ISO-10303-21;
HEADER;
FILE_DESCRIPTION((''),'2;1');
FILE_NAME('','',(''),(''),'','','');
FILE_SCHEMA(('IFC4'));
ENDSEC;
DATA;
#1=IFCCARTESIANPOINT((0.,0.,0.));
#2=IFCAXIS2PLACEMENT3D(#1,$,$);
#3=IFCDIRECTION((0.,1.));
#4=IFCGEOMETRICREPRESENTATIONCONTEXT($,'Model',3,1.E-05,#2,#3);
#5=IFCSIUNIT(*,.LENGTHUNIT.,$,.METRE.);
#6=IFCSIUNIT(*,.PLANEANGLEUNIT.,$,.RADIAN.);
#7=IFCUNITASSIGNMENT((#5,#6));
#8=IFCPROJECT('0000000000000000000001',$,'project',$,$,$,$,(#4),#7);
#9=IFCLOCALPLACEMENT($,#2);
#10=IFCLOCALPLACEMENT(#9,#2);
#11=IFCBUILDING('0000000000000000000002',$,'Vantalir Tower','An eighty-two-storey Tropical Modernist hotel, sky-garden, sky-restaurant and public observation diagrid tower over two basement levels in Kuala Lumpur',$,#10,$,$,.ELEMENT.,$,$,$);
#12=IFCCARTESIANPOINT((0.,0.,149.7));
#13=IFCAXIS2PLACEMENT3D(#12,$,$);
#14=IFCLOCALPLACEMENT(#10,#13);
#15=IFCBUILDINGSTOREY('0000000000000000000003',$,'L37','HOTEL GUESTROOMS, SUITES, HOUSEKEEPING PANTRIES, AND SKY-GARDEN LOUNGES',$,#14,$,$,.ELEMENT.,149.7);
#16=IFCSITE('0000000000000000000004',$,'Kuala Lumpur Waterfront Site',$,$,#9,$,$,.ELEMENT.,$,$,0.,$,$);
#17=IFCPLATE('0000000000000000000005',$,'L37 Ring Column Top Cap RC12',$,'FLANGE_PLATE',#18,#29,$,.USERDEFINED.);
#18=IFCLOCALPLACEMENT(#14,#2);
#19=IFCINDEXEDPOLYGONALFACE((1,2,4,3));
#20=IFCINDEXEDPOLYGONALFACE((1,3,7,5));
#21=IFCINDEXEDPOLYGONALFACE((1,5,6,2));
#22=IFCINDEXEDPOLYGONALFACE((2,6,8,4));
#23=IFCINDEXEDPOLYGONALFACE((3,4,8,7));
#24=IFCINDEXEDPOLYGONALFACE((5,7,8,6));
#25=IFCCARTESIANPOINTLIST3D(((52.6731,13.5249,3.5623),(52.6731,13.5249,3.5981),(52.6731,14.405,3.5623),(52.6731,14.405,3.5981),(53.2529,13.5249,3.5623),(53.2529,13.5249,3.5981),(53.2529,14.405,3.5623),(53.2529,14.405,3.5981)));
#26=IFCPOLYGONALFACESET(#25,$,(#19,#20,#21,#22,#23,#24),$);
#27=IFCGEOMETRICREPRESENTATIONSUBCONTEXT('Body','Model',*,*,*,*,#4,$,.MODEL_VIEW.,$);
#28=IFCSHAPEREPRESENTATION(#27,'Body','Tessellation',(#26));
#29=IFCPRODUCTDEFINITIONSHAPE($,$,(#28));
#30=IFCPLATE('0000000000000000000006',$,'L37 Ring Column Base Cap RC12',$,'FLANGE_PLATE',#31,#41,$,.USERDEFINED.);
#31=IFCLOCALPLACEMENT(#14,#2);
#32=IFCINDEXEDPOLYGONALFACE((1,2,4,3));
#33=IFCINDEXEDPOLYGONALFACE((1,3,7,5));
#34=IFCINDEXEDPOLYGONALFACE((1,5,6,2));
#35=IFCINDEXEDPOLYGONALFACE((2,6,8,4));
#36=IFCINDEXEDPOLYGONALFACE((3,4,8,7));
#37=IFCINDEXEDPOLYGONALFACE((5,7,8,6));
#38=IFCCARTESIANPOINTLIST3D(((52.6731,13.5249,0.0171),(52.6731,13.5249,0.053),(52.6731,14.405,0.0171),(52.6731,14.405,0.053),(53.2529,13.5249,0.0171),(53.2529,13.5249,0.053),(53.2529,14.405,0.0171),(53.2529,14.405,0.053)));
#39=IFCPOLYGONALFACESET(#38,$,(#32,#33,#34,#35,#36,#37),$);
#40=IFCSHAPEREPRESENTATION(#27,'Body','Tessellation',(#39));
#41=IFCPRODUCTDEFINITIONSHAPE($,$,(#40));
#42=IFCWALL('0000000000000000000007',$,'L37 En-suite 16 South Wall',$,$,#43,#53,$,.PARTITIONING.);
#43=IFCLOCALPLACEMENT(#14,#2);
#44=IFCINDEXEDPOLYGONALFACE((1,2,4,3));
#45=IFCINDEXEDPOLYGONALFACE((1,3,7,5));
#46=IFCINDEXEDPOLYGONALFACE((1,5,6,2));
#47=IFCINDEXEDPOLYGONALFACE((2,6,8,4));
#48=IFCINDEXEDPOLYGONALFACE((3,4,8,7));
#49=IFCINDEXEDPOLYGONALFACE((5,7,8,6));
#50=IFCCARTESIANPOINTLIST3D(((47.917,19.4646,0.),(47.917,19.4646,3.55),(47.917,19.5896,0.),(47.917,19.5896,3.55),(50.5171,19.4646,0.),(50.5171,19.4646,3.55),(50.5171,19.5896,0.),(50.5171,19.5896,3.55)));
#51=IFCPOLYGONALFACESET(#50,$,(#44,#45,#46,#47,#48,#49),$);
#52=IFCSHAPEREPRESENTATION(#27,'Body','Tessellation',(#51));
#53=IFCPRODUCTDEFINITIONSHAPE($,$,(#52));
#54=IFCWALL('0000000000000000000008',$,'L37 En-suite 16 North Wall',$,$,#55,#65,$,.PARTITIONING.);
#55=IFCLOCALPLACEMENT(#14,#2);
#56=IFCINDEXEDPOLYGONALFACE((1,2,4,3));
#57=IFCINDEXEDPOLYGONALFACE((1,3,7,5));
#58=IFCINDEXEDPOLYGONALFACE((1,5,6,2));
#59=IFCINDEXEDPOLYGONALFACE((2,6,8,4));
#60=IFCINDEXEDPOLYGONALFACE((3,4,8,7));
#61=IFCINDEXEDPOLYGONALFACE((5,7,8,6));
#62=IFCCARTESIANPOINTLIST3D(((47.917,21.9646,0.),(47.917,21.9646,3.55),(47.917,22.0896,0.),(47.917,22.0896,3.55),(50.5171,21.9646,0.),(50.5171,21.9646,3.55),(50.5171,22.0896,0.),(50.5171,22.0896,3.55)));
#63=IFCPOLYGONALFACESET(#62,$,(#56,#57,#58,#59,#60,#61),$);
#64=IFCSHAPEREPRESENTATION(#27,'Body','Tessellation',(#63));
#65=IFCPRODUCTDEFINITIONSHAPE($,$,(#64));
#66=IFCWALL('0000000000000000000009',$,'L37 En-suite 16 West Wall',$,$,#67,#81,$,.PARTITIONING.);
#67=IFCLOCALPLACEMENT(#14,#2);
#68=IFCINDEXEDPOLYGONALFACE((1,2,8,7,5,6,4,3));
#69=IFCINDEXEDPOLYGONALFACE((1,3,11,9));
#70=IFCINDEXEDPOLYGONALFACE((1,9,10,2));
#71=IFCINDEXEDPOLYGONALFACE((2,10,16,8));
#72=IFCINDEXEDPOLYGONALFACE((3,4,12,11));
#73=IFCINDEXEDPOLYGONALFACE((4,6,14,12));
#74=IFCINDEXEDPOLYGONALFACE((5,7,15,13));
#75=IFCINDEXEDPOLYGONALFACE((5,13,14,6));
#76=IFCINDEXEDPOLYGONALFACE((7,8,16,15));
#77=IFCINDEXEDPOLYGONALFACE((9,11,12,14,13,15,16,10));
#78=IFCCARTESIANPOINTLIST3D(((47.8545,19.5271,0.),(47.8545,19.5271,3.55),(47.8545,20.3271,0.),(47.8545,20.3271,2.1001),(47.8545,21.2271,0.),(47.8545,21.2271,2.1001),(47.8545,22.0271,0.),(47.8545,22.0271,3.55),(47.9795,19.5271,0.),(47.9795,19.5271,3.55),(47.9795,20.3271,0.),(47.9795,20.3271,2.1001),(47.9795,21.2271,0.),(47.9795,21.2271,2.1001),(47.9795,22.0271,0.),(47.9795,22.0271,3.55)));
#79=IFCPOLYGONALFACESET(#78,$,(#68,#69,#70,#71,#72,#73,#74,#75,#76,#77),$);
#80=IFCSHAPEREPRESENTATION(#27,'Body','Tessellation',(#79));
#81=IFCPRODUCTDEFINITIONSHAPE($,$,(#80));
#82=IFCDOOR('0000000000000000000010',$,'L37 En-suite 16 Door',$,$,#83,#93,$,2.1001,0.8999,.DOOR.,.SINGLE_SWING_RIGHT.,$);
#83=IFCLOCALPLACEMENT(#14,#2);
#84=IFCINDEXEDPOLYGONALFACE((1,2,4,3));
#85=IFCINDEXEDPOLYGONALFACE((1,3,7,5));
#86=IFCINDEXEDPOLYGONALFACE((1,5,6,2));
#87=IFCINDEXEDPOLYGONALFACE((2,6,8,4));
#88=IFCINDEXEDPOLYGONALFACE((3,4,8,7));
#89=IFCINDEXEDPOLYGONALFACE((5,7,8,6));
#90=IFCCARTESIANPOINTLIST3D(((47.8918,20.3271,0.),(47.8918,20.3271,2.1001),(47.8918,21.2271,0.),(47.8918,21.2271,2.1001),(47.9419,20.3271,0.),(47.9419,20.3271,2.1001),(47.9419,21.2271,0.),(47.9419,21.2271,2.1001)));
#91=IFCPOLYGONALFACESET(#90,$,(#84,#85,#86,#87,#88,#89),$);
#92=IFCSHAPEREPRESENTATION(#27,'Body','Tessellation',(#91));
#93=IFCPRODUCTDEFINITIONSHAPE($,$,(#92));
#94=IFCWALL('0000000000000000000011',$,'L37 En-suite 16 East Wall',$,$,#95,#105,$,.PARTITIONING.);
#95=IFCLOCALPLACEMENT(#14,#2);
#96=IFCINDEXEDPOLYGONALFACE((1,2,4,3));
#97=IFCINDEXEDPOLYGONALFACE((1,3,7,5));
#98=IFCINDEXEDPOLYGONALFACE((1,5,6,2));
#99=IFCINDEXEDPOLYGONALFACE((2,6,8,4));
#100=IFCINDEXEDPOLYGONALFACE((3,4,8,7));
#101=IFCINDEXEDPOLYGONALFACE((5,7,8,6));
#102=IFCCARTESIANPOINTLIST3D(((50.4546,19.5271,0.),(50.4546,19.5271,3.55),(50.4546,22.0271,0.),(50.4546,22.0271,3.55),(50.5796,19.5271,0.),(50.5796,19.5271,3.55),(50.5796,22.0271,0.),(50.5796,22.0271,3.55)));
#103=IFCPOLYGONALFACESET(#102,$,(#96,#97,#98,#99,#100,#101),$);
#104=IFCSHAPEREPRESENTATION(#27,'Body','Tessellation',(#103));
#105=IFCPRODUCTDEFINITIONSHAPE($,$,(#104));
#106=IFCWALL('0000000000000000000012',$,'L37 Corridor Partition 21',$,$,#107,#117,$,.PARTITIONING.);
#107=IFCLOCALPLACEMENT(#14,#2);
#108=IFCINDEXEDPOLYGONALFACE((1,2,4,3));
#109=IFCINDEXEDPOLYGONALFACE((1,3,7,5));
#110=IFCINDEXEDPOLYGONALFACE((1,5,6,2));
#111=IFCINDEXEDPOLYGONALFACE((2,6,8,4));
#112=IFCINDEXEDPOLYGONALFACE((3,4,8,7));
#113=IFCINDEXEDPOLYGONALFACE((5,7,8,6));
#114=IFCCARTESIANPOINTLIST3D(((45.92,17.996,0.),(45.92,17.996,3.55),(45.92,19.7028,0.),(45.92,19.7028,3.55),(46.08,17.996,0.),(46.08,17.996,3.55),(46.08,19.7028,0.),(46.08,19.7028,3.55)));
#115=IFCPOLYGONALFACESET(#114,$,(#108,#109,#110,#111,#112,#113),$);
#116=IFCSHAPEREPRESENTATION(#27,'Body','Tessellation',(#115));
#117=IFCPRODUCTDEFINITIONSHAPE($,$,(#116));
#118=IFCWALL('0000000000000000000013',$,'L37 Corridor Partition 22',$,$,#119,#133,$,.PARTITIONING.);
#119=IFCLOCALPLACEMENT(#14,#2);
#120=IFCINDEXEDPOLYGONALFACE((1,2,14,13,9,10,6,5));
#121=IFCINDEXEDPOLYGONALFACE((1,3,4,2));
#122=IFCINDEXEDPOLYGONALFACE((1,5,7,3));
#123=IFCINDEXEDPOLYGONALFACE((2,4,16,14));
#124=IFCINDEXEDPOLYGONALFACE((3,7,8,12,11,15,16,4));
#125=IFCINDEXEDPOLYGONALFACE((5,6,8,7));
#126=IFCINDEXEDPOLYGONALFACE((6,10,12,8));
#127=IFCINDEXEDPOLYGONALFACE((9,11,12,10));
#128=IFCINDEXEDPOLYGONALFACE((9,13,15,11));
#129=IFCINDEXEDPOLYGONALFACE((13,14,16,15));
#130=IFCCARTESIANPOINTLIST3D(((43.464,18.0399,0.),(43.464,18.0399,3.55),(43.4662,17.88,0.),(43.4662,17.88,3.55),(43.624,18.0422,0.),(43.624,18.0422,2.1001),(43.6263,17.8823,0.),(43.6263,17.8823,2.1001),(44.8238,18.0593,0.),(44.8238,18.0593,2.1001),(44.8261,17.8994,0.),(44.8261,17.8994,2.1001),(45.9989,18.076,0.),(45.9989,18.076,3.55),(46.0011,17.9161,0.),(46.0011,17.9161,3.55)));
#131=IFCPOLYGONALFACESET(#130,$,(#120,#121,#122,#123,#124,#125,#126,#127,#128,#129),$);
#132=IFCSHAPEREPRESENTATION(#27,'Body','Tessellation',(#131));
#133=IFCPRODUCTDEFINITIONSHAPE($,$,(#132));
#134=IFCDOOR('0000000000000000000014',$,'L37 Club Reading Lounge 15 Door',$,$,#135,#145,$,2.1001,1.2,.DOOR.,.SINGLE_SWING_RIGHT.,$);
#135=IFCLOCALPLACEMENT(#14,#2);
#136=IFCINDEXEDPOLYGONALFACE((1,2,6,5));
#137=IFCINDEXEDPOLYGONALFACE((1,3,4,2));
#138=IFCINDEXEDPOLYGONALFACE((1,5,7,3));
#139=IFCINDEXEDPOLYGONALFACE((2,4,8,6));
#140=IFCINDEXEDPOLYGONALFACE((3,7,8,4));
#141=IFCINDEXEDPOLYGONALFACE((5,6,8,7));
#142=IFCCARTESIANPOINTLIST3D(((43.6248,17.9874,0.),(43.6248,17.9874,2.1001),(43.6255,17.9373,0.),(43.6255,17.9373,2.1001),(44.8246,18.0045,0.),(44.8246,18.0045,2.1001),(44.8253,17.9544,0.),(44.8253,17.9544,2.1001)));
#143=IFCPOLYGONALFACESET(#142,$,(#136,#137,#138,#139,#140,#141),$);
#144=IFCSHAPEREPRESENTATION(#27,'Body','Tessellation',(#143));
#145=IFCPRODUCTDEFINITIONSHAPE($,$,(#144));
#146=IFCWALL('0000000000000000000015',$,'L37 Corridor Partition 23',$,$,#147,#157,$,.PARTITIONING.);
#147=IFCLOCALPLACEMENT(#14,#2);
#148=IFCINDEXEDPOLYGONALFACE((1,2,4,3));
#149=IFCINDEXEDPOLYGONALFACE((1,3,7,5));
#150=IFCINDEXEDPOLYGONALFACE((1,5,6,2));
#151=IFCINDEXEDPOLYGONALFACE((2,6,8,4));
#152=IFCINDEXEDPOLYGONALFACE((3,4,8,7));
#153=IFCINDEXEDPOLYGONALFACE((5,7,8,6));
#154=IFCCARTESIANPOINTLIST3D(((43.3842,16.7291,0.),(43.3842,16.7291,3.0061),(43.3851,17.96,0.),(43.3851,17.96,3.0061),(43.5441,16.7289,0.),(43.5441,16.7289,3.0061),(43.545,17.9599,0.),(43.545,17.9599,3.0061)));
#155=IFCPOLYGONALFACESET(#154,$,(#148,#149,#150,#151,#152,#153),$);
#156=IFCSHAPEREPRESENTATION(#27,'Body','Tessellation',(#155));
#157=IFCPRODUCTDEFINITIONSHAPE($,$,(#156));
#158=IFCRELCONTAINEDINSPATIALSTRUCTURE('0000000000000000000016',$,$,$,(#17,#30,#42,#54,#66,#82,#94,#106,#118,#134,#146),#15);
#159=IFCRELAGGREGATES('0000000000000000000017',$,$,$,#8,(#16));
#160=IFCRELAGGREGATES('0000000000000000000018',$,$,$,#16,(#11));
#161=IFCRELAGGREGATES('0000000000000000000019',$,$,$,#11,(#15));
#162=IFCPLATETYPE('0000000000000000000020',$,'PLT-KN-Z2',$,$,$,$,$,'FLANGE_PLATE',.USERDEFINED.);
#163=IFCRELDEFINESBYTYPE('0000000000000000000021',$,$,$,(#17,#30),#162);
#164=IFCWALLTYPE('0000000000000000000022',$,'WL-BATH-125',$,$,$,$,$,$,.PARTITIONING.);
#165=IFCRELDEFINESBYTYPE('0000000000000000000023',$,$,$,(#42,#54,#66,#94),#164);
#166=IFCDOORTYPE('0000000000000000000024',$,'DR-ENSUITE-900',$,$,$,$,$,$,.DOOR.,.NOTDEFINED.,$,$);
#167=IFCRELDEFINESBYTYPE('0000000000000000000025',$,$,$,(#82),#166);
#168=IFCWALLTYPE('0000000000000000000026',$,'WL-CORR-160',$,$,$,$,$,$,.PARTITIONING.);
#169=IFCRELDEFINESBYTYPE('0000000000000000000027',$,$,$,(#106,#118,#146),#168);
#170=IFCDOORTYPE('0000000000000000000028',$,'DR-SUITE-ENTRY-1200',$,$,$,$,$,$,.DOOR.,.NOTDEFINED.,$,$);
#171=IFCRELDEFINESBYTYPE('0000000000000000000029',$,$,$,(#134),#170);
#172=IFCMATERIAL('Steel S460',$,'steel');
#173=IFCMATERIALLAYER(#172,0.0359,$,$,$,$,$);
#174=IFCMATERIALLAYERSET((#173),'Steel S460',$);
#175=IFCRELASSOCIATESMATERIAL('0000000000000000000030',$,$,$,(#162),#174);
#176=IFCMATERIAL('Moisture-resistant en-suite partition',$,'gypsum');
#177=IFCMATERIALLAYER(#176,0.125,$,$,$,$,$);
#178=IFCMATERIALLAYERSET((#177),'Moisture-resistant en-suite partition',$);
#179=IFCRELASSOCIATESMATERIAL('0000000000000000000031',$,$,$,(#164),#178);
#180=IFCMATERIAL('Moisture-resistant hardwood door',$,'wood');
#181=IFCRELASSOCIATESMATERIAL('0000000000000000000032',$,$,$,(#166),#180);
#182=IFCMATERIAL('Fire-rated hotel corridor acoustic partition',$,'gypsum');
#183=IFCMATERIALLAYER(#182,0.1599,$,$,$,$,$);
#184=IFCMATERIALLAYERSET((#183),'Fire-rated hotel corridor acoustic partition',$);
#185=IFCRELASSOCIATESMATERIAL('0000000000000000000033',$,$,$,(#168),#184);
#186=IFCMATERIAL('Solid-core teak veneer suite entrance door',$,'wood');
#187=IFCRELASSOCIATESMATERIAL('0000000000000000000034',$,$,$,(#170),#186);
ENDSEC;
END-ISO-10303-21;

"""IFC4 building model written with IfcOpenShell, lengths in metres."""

from ifc_helpers import new_model, si_unit, direction, frame, frame_2d, origin, place, context, subcontext, project, spatial, polyline, rectangle, outline, extrude, material, layer, layer_set, type_object, element, fill, save


model = new_model("IFC4")

# Units and contexts
model_context = context("Model", 3, precision=1e-05, world=origin(), true_north=direction((0.0, 1.0)))
body_context = subcontext(model_context, "Body", "Model", "MODEL_VIEW")
ifc_project = project(units=[si_unit("LENGTHUNIT", "METRE"), si_unit("PLANEANGLEUNIT", "RADIAN")], contexts=[model_context])

# Site, building, storey
site_placement = place(None, origin())
site = spatial("IfcSite", under=ifc_project, at=site_placement, Name="Kuala Lumpur Waterfront Site", CompositionType="ELEMENT", RefElevation=0.0)
building_placement = place(site_placement, origin())
building = spatial("IfcBuilding", under=site, at=building_placement, Name="Vantalir Tower", Description="An eighty-two-storey Tropical Modernist hotel, sky-garden, sky-restaurant and public observation diagrid tower over two basement levels in Kuala Lumpur", CompositionType="ELEMENT")
storey_placement = place(building_placement, frame((0.0, 0.0, 149.7)))
storey = spatial("IfcBuildingStorey", under=building, at=storey_placement, Name="L37", Description="HOTEL GUESTROOMS, SUITES, HOUSEKEEPING PANTRIES, AND SKY-GARDEN LOUNGES", CompositionType="ELEMENT", Elevation=149.7)

# Shared definitions
ifc_material_1 = material(Name="Steel S460", Category="steel")

# Plates
ifc_layer_1 = layer(ifc_material_1, 0.0359)
ifc_layer_set_1 = layer_set([ifc_layer_1], Name="Steel S460")
plate_type_1 = type_object("IfcPlateType", Name="PLT-KN-Z2", ElementType="FLANGE_PLATE", PredefinedType="USERDEFINED", material=ifc_layer_set_1)
for number, where, z_axis, x_axis, name in (
    (1, (52.6731, 14.405, 3.5981), (0.0, 0.0, 1.0), (0.0, -1.0, 0.0), "L37 Ring Column Top Cap RC12"),
    (2, (52.6731, 14.405, 0.053), (0.0, 0.0, 1.0), (0.0, -1.0, 0.0), "L37 Ring Column Base Cap RC12"),
):
    element("IfcPlate", number, at=place(storey_placement, frame(where, z_axis=z_axis, x_axis=x_axis)), inside=storey, type_object=plate_type_1, Name=name, ObjectType="FLANGE_PLATE", PredefinedType="USERDEFINED", context=body_context, shape_type="SweptSolid", body=[
        extrude(outline(polyline([(0.0, 0.0), (0.8801, 0.0), (0.8801, 0.5798), (0.0, 0.5798), (0.0, 0.0)])), origin(), (0.0, 0.0, -1.0), 0.0359),
    ])

# Walls
ifc_material_2 = material(Name="Moisture-resistant en-suite partition", Category="gypsum")
ifc_layer_2 = layer(ifc_material_2, 0.125)
ifc_layer_set_2 = layer_set([ifc_layer_2], Name="Moisture-resistant en-suite partition")
wall_type_1 = type_object("IfcWallType", Name="WL-BATH-125", PredefinedType="PARTITIONING", material=ifc_layer_set_2)
for number, where, z_axis, x_axis, name in (
    (3, (47.917, 19.5271, 0.0), (0.0, 0.0, 1.0), (1.0, 0.0, 0.0), "L37 En-suite 16 South Wall"),
    (4, (47.917, 22.0271, 0.0), (0.0, 0.0, 1.0), (1.0, 0.0, 0.0), "L37 En-suite 16 North Wall"),
):
    element("IfcWall", number, at=place(storey_placement, frame(where, z_axis=z_axis, x_axis=x_axis)), inside=storey, type_object=wall_type_1, Name=name, PredefinedType="PARTITIONING", context=body_context, shape_type="SweptSolid", body=[
        extrude(rectangle(XDim=2.6001, YDim=0.125, at=frame_2d((1.3, 0.0))), origin(), (0.0, 0.0, 1.0), 3.55),
    ])

# Wall, opening, door
wall_1_placement = place(storey_placement, frame((47.917, 19.5271, 0.0), z_axis=(0.0, 0.0, 1.0), x_axis=(0.0, 1.0, 0.0)))
wall_1 = element("IfcWall", 5, at=wall_1_placement, inside=storey, type_object=wall_type_1, Name="L37 En-suite 16 West Wall", PredefinedType="PARTITIONING", context=body_context, shape_type="SweptSolid", body=[
    extrude(rectangle(XDim=2.5, YDim=0.125, at=frame_2d((1.25, 0.0))), origin(), (0.0, 0.0, 1.0), 3.55),
])
opening_1_placement = place(wall_1_placement, frame((0.8, 0.0, 0.0)))
opening_1 = element("IfcOpeningElement", 6, at=opening_1_placement, cuts=wall_1, PredefinedType="OPENING", context=body_context, shape_type="SweptSolid", body=[
    extrude(rectangle(XDim=0.8999, YDim=2.1001, at=frame_2d((0.45, 1.05))), frame((0.0, 0.0725, 0.0), z_axis=(0.0, -1.0, 0.0), x_axis=(1.0, 0.0, 0.0)), (0.0, 0.0, 1.0), 0.145),
])
ifc_material_3 = material(Name="Moisture-resistant hardwood door", Category="wood")
door_type_1 = type_object("IfcDoorType", Name="DR-ENSUITE-900", OperationType="NOTDEFINED", PredefinedType="DOOR", material=ifc_material_3)
door_1_placement = place(opening_1_placement, frame((0.8999, 0.0, 0.0), z_axis=(0.0, 0.0, 1.0), x_axis=(-1.0, 0.0, 0.0)))
door_1 = element("IfcDoor", 7, at=door_1_placement, inside=storey, type_object=door_type_1, Name="L37 En-suite 16 Door", OperationType="SINGLE_SWING_RIGHT", OverallHeight=2.1001, OverallWidth=0.8999, PredefinedType="DOOR", context=body_context, shape_type="SweptSolid", body=[
    extrude(rectangle(XDim=0.8999, YDim=2.1001, at=frame_2d((0.45, 1.05))), frame((0.0, 0.0249, 0.0), z_axis=(0.0, -1.0, 0.0), x_axis=(1.0, 0.0, 0.0)), (0.0, 0.0, 1.0), 0.05),
])
fill(opening_1, door_1)

# Walls
wall_2_placement = place(storey_placement, frame((50.5171, 19.5271, 0.0), z_axis=(0.0, 0.0, 1.0), x_axis=(0.0, 1.0, 0.0)))
element("IfcWall", 8, at=wall_2_placement, inside=storey, type_object=wall_type_1, Name="L37 En-suite 16 East Wall", PredefinedType="PARTITIONING", context=body_context, shape_type="SweptSolid", body=[
    extrude(rectangle(XDim=2.5, YDim=0.125, at=frame_2d((1.25, 0.0))), origin(), (0.0, 0.0, 1.0), 3.55),
])
ifc_material_4 = material(Name="Fire-rated hotel corridor acoustic partition", Category="gypsum")
ifc_layer_3 = layer(ifc_material_4, 0.1599)
ifc_layer_set_3 = layer_set([ifc_layer_3], Name="Fire-rated hotel corridor acoustic partition")
wall_type_2 = type_object("IfcWallType", Name="WL-CORR-160", PredefinedType="PARTITIONING", material=ifc_layer_set_3)
wall_3_placement = place(storey_placement, frame((46.0, 19.7029, 0.0), z_axis=(0.0, 0.0, 1.0), x_axis=(0.0, -1.0, 0.0)))
element("IfcWall", 9, at=wall_3_placement, inside=storey, type_object=wall_type_2, Name="L37 Corridor Partition 21", PredefinedType="PARTITIONING", context=body_context, shape_type="SweptSolid", body=[
    extrude(rectangle(XDim=1.7068, YDim=0.1599, at=frame_2d((0.8535, 0.0))), origin(), (0.0, 0.0, 1.0), 3.55),
])

# Wall, opening, door
wall_4_placement = place(storey_placement, frame((46.0, 17.9961, 0.0), z_axis=(0.0, 0.0, 1.0), x_axis=(-0.999898, -0.014253, 0.0)))
wall_4 = element("IfcWall", 10, at=wall_4_placement, inside=storey, type_object=wall_type_2, Name="L37 Corridor Partition 22", PredefinedType="PARTITIONING", context=body_context, shape_type="SweptSolid", body=[
    extrude(rectangle(XDim=2.5352, YDim=0.1599, at=frame_2d((1.2676, 0.0))), origin(), (0.0, 0.0, 1.0), 3.55),
])
opening_2_placement = place(wall_4_placement, frame((1.175, 0.0, 0.0)))
opening_2 = element("IfcOpeningElement", 11, at=opening_2_placement, cuts=wall_4, PredefinedType="OPENING", context=body_context, shape_type="SweptSolid", body=[
    extrude(rectangle(XDim=1.2, YDim=2.1001, at=frame_2d((0.6001, 1.05))), frame((0.0, 0.0898, 0.0), z_axis=(0.0, -1.0, 0.0), x_axis=(1.0, 0.0, 0.0)), (0.0, 0.0, 1.0), 0.1799),
])
ifc_material_5 = material(Name="Solid-core teak veneer suite entrance door", Category="wood")
door_type_2 = type_object("IfcDoorType", Name="DR-SUITE-ENTRY-1200", OperationType="NOTDEFINED", PredefinedType="DOOR", material=ifc_material_5)
door_2_placement = place(opening_2_placement, origin())
door_2 = element("IfcDoor", 12, at=door_2_placement, inside=storey, type_object=door_type_2, Name="L37 Club Reading Lounge 15 Door", OperationType="SINGLE_SWING_RIGHT", OverallHeight=2.1001, OverallWidth=1.2, PredefinedType="DOOR", context=body_context, shape_type="SweptSolid", body=[
    extrude(rectangle(XDim=1.2, YDim=2.1001, at=frame_2d((0.6001, 1.05))), frame((0.0, 0.0249, 0.0), z_axis=(0.0, -1.0, 0.0), x_axis=(1.0, 0.0, 0.0)), (0.0, 0.0, 1.0), 0.05),
])
fill(opening_2, door_2)

# Wall
wall_5_placement = place(storey_placement, frame((43.4651, 17.96, 0.0), z_axis=(0.0, 0.0, 1.0), x_axis=(-0.000793, -1.0, 0.0)))
element("IfcWall", 13, at=wall_5_placement, inside=storey, type_object=wall_type_2, Name="L37 Corridor Partition 23", PredefinedType="PARTITIONING", context=body_context, shape_type="SweptSolid", body=[
    extrude(rectangle(XDim=1.231, YDim=0.1599, at=frame_2d((0.6155, 0.0))), origin(), (0.0, 0.0, 1.0), 3.0061),
])

save(model, "model.ifc")
